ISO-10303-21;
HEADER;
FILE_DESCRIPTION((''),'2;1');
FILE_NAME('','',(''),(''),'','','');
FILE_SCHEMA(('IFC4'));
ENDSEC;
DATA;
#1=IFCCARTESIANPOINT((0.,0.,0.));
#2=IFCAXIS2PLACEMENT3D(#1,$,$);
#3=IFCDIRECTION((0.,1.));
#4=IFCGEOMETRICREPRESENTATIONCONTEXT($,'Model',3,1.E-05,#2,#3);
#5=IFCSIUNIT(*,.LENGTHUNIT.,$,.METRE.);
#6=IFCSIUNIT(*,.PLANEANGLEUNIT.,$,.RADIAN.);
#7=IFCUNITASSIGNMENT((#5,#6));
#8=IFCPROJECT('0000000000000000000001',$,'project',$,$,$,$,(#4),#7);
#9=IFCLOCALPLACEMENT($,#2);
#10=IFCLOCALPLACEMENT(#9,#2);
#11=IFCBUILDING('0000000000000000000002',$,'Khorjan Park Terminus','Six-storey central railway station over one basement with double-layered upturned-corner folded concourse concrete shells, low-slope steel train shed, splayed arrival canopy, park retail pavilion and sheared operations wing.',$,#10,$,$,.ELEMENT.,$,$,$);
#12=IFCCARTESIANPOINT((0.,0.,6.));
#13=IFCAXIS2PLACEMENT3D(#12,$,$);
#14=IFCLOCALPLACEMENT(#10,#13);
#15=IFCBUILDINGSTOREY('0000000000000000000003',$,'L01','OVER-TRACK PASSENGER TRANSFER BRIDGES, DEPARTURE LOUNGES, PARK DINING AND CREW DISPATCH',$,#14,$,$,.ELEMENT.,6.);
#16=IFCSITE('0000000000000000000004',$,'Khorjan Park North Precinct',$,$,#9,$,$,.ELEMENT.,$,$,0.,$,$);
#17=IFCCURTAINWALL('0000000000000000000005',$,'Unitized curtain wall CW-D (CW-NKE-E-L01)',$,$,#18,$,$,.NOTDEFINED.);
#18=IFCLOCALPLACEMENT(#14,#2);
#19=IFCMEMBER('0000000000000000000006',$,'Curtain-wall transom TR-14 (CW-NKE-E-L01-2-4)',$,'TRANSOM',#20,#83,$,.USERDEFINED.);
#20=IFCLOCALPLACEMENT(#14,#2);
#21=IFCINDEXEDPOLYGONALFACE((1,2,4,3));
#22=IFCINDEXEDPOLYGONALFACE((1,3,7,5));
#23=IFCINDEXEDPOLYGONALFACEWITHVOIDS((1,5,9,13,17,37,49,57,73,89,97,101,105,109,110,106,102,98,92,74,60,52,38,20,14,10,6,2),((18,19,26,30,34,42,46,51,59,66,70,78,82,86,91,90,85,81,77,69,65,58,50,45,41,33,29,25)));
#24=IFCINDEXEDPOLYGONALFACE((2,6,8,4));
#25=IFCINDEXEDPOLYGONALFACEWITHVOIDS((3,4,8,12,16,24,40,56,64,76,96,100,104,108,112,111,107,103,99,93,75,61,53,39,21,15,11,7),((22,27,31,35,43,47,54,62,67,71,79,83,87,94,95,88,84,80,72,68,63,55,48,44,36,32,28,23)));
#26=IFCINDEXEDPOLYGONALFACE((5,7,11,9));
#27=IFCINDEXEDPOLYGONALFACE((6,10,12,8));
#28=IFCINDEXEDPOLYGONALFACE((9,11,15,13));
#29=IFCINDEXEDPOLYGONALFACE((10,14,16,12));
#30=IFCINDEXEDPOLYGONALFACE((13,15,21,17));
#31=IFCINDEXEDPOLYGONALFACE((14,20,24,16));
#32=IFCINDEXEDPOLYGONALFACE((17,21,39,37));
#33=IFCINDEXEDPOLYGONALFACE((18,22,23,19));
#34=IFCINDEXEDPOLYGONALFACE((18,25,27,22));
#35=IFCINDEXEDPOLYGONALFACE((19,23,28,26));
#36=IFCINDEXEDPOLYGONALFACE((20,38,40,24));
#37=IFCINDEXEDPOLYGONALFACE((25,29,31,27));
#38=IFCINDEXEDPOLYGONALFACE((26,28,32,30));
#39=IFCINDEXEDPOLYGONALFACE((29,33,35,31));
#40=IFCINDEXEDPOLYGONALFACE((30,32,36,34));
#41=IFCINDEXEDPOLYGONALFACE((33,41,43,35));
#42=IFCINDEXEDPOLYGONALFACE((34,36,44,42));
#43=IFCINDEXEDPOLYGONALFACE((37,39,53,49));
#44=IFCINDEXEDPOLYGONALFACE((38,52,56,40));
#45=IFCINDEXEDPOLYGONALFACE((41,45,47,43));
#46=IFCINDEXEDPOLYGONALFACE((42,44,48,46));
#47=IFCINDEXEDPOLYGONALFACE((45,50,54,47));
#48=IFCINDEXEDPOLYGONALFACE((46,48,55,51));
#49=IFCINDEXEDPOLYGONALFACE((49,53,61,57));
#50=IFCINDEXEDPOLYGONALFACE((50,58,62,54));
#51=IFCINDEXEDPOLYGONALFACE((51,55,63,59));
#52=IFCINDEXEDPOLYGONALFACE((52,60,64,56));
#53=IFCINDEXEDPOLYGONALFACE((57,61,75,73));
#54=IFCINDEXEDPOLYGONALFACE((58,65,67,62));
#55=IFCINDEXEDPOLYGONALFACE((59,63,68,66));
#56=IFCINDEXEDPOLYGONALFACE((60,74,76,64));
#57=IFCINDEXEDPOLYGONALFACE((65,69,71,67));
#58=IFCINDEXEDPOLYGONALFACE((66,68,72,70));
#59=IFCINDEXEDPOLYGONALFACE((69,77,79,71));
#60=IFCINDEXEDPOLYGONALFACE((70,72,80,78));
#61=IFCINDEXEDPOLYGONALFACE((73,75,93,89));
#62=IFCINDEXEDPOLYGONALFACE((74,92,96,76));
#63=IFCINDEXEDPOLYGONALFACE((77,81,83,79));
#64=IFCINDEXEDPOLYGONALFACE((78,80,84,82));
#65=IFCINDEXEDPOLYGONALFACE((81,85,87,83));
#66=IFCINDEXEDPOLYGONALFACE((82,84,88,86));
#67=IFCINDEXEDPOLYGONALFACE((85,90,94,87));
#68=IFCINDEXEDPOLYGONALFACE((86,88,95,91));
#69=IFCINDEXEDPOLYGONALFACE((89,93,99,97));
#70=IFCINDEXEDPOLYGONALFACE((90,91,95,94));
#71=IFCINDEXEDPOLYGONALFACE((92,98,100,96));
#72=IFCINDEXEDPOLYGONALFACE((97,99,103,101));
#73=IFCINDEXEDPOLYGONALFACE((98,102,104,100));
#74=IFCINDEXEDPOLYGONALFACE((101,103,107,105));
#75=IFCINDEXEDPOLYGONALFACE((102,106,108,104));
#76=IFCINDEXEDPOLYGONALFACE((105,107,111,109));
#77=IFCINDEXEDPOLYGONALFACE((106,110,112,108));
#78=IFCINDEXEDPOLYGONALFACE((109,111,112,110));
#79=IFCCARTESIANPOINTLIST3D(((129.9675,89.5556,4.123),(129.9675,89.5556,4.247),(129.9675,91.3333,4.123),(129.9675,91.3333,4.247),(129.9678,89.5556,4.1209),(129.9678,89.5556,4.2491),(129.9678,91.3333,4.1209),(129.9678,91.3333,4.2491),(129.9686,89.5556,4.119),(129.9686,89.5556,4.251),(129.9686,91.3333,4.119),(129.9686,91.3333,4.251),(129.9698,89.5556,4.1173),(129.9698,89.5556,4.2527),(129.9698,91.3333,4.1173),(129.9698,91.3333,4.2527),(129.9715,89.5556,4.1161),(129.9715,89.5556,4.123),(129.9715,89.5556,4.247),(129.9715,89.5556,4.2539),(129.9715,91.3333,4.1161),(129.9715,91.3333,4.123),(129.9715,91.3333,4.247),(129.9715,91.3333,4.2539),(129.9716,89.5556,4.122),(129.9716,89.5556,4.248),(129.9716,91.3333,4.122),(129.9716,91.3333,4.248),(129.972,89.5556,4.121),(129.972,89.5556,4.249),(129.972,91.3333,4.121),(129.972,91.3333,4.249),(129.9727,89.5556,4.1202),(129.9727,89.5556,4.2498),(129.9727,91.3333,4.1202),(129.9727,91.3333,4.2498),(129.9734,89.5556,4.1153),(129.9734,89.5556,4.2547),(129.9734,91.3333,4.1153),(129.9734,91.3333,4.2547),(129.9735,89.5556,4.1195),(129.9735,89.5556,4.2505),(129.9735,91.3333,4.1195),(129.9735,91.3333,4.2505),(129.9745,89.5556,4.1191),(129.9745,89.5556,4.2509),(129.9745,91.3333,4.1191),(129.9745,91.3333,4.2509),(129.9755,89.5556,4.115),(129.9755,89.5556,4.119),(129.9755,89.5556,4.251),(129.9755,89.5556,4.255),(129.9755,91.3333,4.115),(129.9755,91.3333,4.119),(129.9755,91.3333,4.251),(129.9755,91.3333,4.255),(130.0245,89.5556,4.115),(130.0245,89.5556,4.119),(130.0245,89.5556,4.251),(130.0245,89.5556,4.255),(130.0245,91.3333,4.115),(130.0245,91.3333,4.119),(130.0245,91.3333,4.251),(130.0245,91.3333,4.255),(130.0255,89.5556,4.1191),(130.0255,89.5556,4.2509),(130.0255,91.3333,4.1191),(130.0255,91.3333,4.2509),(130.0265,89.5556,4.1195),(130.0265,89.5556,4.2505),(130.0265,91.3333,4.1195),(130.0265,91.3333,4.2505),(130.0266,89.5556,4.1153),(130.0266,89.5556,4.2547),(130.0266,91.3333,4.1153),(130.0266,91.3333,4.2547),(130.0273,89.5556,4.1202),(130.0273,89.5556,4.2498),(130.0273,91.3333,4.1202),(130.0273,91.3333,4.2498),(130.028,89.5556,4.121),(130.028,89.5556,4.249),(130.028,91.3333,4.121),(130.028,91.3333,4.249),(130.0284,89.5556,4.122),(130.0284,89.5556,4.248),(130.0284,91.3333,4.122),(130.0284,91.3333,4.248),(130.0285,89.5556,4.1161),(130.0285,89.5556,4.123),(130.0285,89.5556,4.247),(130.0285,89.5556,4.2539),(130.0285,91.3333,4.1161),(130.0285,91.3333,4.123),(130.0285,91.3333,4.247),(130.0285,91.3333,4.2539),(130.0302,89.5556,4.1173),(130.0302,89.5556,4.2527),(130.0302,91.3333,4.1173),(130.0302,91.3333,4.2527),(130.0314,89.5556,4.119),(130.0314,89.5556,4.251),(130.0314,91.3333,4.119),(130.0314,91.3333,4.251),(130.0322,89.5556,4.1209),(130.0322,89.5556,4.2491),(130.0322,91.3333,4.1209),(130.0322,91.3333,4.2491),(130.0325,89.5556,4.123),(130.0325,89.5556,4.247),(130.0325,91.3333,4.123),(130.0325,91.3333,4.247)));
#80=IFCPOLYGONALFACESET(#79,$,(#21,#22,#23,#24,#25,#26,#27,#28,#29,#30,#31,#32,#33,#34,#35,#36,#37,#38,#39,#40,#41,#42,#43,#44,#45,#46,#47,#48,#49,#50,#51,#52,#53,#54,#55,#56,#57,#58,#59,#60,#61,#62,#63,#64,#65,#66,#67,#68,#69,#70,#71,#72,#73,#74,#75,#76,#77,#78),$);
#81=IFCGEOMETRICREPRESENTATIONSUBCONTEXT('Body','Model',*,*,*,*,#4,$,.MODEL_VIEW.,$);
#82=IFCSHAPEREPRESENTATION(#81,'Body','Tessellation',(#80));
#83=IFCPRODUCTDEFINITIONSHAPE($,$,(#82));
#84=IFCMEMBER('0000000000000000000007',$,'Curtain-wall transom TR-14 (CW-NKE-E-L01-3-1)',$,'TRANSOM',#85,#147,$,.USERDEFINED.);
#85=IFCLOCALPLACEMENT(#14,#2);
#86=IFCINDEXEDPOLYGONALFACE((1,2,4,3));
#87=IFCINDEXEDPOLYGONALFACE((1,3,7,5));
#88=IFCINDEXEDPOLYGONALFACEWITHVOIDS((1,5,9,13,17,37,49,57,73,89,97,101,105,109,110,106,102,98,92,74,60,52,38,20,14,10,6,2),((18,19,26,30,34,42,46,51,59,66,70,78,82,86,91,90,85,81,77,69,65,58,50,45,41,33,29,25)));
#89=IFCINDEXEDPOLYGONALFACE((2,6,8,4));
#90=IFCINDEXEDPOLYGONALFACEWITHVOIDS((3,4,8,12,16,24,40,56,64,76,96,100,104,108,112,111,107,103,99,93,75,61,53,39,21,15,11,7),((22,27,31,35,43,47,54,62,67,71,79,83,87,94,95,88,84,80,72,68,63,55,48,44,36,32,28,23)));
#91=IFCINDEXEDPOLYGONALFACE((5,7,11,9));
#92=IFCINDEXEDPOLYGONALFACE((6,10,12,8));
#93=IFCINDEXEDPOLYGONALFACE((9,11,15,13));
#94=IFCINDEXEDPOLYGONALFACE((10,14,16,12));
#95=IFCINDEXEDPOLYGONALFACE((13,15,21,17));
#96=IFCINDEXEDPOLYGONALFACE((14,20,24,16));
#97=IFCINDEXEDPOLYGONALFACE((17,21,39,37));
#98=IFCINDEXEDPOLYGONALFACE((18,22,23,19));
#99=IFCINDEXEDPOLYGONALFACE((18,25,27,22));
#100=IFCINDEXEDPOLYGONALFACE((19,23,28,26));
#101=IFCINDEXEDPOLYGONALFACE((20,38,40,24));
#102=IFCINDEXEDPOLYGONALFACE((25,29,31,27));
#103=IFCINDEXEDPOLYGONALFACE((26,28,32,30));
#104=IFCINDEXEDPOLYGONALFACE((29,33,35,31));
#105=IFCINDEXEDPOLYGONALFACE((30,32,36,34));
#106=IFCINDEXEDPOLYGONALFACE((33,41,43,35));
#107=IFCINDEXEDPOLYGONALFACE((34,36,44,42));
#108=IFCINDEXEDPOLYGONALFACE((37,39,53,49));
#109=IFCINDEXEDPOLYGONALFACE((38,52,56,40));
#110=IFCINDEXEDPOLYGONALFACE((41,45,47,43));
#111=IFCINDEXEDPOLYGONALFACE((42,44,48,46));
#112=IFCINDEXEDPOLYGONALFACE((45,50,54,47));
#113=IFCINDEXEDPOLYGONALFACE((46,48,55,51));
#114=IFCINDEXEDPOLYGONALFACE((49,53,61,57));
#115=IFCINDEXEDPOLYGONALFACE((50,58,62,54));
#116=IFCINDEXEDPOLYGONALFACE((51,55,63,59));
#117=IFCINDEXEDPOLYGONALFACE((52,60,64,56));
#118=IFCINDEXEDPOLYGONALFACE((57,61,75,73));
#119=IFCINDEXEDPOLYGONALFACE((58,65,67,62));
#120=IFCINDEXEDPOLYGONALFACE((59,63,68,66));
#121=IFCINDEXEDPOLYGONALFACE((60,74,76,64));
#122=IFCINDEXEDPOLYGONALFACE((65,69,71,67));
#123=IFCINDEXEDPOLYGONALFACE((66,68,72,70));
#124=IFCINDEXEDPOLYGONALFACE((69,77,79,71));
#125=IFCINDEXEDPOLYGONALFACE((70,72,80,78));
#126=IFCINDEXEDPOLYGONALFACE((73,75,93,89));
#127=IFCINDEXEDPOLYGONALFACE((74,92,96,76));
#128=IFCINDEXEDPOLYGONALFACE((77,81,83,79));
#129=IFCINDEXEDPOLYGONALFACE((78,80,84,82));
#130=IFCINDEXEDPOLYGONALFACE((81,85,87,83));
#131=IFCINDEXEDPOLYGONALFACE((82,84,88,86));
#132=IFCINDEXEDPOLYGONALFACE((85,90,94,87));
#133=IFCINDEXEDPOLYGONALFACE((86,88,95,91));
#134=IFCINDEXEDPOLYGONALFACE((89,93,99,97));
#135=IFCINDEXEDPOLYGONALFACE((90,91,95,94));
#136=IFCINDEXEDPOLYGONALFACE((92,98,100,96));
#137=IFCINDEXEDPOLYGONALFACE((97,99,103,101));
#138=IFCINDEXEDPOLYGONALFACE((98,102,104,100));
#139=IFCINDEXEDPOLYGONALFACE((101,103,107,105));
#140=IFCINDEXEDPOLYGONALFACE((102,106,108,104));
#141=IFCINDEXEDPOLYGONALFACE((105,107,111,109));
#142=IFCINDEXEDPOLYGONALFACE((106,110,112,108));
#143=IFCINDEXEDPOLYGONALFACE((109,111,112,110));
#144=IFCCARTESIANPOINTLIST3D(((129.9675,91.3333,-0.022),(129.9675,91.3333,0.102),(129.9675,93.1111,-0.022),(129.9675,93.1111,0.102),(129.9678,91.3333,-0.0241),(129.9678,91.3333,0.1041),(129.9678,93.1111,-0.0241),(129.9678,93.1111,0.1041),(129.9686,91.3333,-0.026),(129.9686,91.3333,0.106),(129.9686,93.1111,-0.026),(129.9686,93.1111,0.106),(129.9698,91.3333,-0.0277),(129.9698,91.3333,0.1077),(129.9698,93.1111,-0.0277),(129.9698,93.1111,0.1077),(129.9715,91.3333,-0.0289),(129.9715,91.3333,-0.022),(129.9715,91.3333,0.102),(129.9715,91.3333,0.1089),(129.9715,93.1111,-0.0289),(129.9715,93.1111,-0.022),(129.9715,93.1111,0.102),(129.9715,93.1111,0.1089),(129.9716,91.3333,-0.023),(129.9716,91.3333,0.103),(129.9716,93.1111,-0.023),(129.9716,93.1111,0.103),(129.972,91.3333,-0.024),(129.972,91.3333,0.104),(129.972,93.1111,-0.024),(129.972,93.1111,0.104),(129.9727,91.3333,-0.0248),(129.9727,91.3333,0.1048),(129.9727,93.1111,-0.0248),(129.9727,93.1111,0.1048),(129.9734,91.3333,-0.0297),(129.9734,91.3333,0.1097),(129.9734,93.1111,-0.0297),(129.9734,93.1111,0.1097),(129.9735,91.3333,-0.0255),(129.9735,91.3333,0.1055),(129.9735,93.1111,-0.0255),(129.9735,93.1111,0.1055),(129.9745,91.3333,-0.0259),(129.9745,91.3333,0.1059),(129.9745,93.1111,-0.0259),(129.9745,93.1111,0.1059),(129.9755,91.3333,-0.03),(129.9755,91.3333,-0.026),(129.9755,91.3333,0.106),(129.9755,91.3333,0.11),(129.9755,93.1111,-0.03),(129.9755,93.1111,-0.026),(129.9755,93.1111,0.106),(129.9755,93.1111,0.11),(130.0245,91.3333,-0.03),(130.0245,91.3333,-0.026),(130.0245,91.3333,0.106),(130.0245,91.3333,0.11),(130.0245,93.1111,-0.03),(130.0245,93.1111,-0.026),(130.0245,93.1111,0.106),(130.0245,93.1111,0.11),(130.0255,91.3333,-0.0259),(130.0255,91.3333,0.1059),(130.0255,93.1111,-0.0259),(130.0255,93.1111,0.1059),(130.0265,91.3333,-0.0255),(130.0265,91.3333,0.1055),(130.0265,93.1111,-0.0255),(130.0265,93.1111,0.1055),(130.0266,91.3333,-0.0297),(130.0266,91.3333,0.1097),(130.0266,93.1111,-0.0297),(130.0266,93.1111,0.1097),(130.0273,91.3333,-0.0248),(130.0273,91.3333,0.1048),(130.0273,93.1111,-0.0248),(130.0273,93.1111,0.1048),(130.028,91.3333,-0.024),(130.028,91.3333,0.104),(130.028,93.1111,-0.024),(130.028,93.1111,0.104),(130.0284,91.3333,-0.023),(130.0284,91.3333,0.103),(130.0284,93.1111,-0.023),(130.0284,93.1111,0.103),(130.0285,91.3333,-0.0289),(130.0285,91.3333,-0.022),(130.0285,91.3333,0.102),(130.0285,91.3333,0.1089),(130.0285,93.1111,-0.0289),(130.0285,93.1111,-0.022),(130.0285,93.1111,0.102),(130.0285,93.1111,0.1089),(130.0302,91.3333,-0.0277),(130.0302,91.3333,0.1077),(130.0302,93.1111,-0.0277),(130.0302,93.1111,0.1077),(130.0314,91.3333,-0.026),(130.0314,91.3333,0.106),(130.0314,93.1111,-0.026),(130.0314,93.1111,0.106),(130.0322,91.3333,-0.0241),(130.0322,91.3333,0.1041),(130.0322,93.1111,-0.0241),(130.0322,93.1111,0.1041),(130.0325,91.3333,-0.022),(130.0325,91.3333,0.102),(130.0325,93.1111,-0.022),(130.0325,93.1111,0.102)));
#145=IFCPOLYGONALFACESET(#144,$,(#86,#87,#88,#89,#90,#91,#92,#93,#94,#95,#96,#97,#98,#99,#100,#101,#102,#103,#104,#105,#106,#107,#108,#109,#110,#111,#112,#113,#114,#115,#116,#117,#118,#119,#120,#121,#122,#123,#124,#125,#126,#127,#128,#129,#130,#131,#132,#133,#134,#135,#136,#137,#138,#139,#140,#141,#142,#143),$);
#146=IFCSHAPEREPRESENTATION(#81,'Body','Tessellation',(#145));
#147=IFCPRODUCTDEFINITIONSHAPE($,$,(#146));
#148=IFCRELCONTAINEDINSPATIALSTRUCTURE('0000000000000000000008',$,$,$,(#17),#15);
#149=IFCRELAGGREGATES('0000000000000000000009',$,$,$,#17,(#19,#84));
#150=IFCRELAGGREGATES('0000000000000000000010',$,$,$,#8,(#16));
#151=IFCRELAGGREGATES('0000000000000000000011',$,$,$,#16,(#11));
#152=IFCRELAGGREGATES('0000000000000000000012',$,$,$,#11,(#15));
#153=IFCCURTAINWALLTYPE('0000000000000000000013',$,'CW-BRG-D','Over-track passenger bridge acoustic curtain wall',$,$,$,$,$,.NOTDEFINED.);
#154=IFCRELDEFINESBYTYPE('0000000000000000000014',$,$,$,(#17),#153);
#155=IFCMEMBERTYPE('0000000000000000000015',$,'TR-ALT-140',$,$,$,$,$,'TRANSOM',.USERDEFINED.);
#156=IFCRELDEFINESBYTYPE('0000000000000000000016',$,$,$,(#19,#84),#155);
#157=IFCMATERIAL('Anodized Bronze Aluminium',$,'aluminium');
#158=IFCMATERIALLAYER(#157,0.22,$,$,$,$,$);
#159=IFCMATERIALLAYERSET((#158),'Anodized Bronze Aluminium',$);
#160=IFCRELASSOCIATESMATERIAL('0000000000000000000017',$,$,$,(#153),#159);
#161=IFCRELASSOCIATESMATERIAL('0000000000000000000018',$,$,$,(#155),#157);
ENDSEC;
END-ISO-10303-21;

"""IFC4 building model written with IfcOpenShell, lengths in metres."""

from ifc_helpers import new_model, si_unit, direction, frame, origin, origin_2d, place, context, subcontext, project, spatial, hollow_rectangle, extrude, material, layer, layer_set, material_profile, profile_set, type_object, element, aggregate, save


model = new_model("IFC4")

# Units and contexts
model_context = context("Model", 3, precision=1e-05, world=origin(), true_north=direction((0.0, 1.0)))
body_context = subcontext(model_context, "Body", "Model", "MODEL_VIEW")
ifc_project = project(units=[si_unit("LENGTHUNIT", "METRE"), si_unit("PLANEANGLEUNIT", "RADIAN")], contexts=[model_context])

# Site, building, storey
site_placement = place(None, origin())
site = spatial("IfcSite", under=ifc_project, at=site_placement, Name="Khorjan Park North Precinct", CompositionType="ELEMENT", RefElevation=0.0)
building_placement = place(site_placement, origin())
building = spatial("IfcBuilding", under=site, at=building_placement, Name="Khorjan Park Terminus", Description="Six-storey central railway station over one basement with double-layered upturned-corner folded concourse concrete shells, low-slope steel train shed, splayed arrival canopy, park retail pavilion and sheared operations wing.", CompositionType="ELEMENT")
storey_placement = place(building_placement, frame((0.0, 0.0, 6.0)))
storey = spatial("IfcBuildingStorey", under=building, at=storey_placement, Name="L01", Description="OVER-TRACK PASSENGER TRANSFER BRIDGES, DEPARTURE LOUNGES, PARK DINING AND CREW DISPATCH", CompositionType="ELEMENT", Elevation=6.0)

# Shared definitions
ifc_material_1 = material(Name="Anodized Bronze Aluminium", Category="aluminium")
ifc_layer_1 = layer(ifc_material_1, 0.22)
ifc_layer_set_1 = layer_set([ifc_layer_1], Name="Anodized Bronze Aluminium")
curtain_wall_type = type_object("IfcCurtainWallType", Name="CW-BRG-D", Description="Over-track passenger bridge acoustic curtain wall", PredefinedType="NOTDEFINED", material=ifc_layer_set_1)

# Curtain wall
curtain_wall_1_placement = place(storey_placement, origin())
curtain_wall_1 = element("IfcCurtainWall", 1, at=curtain_wall_1_placement, inside=storey, type_object=curtain_wall_type, Name="Unitized curtain wall CW-D (CW-NKE-E-L01)", PredefinedType="NOTDEFINED")

# Members
ifc_material_profile_1 = material_profile(ifc_material_1, hollow_rectangle(XDim=0.065, YDim=0.14, WallThickness=0.004, InnerFilletRadius=0.004, OuterFilletRadius=0.008, at=origin_2d()), Name="ALT 65x140x4")
ifc_profile_set_1 = profile_set([ifc_material_profile_1], Name="Anodized Bronze Aluminium")
member_type_1 = type_object("IfcMemberType", Name="TR-ALT-140", ElementType="TRANSOM", PredefinedType="USERDEFINED", material=ifc_profile_set_1)
member_1_placement = place(storey_placement, frame((130.0, 89.5556, 4.185), z_axis=(0.0, 1.0, 0.0), x_axis=(-1.0, 0.0, 0.0)))
member_1 = element("IfcMember", 2, at=member_1_placement, type_object=member_type_1, Name="Curtain-wall transom TR-14 (CW-NKE-E-L01-2-4)", ObjectType="TRANSOM", PredefinedType="USERDEFINED", context=body_context, shape_type="SweptSolid", body=[
    extrude(hollow_rectangle(XDim=0.065, YDim=0.14, WallThickness=0.004, InnerFilletRadius=0.004, OuterFilletRadius=0.008, at=origin_2d()), origin(), (0.0, 0.0, 1.0), 1.7777),
])
member_2_placement = place(storey_placement, frame((130.0, 91.3333, 0.04), z_axis=(0.0, 1.0, 0.0), x_axis=(-1.0, 0.0, 0.0)))
member_2 = element("IfcMember", 3, at=member_2_placement, type_object=member_type_1, Name="Curtain-wall transom TR-14 (CW-NKE-E-L01-3-1)", ObjectType="TRANSOM", PredefinedType="USERDEFINED", context=body_context, shape_type="SweptSolid", body=[
    extrude(hollow_rectangle(XDim=0.065, YDim=0.14, WallThickness=0.004, InnerFilletRadius=0.004, OuterFilletRadius=0.008, at=origin_2d()), origin(), (0.0, 0.0, 1.0), 1.7778),
])

aggregate(curtain_wall_1, [member_1, member_2])

save(model, "model.ifc")
